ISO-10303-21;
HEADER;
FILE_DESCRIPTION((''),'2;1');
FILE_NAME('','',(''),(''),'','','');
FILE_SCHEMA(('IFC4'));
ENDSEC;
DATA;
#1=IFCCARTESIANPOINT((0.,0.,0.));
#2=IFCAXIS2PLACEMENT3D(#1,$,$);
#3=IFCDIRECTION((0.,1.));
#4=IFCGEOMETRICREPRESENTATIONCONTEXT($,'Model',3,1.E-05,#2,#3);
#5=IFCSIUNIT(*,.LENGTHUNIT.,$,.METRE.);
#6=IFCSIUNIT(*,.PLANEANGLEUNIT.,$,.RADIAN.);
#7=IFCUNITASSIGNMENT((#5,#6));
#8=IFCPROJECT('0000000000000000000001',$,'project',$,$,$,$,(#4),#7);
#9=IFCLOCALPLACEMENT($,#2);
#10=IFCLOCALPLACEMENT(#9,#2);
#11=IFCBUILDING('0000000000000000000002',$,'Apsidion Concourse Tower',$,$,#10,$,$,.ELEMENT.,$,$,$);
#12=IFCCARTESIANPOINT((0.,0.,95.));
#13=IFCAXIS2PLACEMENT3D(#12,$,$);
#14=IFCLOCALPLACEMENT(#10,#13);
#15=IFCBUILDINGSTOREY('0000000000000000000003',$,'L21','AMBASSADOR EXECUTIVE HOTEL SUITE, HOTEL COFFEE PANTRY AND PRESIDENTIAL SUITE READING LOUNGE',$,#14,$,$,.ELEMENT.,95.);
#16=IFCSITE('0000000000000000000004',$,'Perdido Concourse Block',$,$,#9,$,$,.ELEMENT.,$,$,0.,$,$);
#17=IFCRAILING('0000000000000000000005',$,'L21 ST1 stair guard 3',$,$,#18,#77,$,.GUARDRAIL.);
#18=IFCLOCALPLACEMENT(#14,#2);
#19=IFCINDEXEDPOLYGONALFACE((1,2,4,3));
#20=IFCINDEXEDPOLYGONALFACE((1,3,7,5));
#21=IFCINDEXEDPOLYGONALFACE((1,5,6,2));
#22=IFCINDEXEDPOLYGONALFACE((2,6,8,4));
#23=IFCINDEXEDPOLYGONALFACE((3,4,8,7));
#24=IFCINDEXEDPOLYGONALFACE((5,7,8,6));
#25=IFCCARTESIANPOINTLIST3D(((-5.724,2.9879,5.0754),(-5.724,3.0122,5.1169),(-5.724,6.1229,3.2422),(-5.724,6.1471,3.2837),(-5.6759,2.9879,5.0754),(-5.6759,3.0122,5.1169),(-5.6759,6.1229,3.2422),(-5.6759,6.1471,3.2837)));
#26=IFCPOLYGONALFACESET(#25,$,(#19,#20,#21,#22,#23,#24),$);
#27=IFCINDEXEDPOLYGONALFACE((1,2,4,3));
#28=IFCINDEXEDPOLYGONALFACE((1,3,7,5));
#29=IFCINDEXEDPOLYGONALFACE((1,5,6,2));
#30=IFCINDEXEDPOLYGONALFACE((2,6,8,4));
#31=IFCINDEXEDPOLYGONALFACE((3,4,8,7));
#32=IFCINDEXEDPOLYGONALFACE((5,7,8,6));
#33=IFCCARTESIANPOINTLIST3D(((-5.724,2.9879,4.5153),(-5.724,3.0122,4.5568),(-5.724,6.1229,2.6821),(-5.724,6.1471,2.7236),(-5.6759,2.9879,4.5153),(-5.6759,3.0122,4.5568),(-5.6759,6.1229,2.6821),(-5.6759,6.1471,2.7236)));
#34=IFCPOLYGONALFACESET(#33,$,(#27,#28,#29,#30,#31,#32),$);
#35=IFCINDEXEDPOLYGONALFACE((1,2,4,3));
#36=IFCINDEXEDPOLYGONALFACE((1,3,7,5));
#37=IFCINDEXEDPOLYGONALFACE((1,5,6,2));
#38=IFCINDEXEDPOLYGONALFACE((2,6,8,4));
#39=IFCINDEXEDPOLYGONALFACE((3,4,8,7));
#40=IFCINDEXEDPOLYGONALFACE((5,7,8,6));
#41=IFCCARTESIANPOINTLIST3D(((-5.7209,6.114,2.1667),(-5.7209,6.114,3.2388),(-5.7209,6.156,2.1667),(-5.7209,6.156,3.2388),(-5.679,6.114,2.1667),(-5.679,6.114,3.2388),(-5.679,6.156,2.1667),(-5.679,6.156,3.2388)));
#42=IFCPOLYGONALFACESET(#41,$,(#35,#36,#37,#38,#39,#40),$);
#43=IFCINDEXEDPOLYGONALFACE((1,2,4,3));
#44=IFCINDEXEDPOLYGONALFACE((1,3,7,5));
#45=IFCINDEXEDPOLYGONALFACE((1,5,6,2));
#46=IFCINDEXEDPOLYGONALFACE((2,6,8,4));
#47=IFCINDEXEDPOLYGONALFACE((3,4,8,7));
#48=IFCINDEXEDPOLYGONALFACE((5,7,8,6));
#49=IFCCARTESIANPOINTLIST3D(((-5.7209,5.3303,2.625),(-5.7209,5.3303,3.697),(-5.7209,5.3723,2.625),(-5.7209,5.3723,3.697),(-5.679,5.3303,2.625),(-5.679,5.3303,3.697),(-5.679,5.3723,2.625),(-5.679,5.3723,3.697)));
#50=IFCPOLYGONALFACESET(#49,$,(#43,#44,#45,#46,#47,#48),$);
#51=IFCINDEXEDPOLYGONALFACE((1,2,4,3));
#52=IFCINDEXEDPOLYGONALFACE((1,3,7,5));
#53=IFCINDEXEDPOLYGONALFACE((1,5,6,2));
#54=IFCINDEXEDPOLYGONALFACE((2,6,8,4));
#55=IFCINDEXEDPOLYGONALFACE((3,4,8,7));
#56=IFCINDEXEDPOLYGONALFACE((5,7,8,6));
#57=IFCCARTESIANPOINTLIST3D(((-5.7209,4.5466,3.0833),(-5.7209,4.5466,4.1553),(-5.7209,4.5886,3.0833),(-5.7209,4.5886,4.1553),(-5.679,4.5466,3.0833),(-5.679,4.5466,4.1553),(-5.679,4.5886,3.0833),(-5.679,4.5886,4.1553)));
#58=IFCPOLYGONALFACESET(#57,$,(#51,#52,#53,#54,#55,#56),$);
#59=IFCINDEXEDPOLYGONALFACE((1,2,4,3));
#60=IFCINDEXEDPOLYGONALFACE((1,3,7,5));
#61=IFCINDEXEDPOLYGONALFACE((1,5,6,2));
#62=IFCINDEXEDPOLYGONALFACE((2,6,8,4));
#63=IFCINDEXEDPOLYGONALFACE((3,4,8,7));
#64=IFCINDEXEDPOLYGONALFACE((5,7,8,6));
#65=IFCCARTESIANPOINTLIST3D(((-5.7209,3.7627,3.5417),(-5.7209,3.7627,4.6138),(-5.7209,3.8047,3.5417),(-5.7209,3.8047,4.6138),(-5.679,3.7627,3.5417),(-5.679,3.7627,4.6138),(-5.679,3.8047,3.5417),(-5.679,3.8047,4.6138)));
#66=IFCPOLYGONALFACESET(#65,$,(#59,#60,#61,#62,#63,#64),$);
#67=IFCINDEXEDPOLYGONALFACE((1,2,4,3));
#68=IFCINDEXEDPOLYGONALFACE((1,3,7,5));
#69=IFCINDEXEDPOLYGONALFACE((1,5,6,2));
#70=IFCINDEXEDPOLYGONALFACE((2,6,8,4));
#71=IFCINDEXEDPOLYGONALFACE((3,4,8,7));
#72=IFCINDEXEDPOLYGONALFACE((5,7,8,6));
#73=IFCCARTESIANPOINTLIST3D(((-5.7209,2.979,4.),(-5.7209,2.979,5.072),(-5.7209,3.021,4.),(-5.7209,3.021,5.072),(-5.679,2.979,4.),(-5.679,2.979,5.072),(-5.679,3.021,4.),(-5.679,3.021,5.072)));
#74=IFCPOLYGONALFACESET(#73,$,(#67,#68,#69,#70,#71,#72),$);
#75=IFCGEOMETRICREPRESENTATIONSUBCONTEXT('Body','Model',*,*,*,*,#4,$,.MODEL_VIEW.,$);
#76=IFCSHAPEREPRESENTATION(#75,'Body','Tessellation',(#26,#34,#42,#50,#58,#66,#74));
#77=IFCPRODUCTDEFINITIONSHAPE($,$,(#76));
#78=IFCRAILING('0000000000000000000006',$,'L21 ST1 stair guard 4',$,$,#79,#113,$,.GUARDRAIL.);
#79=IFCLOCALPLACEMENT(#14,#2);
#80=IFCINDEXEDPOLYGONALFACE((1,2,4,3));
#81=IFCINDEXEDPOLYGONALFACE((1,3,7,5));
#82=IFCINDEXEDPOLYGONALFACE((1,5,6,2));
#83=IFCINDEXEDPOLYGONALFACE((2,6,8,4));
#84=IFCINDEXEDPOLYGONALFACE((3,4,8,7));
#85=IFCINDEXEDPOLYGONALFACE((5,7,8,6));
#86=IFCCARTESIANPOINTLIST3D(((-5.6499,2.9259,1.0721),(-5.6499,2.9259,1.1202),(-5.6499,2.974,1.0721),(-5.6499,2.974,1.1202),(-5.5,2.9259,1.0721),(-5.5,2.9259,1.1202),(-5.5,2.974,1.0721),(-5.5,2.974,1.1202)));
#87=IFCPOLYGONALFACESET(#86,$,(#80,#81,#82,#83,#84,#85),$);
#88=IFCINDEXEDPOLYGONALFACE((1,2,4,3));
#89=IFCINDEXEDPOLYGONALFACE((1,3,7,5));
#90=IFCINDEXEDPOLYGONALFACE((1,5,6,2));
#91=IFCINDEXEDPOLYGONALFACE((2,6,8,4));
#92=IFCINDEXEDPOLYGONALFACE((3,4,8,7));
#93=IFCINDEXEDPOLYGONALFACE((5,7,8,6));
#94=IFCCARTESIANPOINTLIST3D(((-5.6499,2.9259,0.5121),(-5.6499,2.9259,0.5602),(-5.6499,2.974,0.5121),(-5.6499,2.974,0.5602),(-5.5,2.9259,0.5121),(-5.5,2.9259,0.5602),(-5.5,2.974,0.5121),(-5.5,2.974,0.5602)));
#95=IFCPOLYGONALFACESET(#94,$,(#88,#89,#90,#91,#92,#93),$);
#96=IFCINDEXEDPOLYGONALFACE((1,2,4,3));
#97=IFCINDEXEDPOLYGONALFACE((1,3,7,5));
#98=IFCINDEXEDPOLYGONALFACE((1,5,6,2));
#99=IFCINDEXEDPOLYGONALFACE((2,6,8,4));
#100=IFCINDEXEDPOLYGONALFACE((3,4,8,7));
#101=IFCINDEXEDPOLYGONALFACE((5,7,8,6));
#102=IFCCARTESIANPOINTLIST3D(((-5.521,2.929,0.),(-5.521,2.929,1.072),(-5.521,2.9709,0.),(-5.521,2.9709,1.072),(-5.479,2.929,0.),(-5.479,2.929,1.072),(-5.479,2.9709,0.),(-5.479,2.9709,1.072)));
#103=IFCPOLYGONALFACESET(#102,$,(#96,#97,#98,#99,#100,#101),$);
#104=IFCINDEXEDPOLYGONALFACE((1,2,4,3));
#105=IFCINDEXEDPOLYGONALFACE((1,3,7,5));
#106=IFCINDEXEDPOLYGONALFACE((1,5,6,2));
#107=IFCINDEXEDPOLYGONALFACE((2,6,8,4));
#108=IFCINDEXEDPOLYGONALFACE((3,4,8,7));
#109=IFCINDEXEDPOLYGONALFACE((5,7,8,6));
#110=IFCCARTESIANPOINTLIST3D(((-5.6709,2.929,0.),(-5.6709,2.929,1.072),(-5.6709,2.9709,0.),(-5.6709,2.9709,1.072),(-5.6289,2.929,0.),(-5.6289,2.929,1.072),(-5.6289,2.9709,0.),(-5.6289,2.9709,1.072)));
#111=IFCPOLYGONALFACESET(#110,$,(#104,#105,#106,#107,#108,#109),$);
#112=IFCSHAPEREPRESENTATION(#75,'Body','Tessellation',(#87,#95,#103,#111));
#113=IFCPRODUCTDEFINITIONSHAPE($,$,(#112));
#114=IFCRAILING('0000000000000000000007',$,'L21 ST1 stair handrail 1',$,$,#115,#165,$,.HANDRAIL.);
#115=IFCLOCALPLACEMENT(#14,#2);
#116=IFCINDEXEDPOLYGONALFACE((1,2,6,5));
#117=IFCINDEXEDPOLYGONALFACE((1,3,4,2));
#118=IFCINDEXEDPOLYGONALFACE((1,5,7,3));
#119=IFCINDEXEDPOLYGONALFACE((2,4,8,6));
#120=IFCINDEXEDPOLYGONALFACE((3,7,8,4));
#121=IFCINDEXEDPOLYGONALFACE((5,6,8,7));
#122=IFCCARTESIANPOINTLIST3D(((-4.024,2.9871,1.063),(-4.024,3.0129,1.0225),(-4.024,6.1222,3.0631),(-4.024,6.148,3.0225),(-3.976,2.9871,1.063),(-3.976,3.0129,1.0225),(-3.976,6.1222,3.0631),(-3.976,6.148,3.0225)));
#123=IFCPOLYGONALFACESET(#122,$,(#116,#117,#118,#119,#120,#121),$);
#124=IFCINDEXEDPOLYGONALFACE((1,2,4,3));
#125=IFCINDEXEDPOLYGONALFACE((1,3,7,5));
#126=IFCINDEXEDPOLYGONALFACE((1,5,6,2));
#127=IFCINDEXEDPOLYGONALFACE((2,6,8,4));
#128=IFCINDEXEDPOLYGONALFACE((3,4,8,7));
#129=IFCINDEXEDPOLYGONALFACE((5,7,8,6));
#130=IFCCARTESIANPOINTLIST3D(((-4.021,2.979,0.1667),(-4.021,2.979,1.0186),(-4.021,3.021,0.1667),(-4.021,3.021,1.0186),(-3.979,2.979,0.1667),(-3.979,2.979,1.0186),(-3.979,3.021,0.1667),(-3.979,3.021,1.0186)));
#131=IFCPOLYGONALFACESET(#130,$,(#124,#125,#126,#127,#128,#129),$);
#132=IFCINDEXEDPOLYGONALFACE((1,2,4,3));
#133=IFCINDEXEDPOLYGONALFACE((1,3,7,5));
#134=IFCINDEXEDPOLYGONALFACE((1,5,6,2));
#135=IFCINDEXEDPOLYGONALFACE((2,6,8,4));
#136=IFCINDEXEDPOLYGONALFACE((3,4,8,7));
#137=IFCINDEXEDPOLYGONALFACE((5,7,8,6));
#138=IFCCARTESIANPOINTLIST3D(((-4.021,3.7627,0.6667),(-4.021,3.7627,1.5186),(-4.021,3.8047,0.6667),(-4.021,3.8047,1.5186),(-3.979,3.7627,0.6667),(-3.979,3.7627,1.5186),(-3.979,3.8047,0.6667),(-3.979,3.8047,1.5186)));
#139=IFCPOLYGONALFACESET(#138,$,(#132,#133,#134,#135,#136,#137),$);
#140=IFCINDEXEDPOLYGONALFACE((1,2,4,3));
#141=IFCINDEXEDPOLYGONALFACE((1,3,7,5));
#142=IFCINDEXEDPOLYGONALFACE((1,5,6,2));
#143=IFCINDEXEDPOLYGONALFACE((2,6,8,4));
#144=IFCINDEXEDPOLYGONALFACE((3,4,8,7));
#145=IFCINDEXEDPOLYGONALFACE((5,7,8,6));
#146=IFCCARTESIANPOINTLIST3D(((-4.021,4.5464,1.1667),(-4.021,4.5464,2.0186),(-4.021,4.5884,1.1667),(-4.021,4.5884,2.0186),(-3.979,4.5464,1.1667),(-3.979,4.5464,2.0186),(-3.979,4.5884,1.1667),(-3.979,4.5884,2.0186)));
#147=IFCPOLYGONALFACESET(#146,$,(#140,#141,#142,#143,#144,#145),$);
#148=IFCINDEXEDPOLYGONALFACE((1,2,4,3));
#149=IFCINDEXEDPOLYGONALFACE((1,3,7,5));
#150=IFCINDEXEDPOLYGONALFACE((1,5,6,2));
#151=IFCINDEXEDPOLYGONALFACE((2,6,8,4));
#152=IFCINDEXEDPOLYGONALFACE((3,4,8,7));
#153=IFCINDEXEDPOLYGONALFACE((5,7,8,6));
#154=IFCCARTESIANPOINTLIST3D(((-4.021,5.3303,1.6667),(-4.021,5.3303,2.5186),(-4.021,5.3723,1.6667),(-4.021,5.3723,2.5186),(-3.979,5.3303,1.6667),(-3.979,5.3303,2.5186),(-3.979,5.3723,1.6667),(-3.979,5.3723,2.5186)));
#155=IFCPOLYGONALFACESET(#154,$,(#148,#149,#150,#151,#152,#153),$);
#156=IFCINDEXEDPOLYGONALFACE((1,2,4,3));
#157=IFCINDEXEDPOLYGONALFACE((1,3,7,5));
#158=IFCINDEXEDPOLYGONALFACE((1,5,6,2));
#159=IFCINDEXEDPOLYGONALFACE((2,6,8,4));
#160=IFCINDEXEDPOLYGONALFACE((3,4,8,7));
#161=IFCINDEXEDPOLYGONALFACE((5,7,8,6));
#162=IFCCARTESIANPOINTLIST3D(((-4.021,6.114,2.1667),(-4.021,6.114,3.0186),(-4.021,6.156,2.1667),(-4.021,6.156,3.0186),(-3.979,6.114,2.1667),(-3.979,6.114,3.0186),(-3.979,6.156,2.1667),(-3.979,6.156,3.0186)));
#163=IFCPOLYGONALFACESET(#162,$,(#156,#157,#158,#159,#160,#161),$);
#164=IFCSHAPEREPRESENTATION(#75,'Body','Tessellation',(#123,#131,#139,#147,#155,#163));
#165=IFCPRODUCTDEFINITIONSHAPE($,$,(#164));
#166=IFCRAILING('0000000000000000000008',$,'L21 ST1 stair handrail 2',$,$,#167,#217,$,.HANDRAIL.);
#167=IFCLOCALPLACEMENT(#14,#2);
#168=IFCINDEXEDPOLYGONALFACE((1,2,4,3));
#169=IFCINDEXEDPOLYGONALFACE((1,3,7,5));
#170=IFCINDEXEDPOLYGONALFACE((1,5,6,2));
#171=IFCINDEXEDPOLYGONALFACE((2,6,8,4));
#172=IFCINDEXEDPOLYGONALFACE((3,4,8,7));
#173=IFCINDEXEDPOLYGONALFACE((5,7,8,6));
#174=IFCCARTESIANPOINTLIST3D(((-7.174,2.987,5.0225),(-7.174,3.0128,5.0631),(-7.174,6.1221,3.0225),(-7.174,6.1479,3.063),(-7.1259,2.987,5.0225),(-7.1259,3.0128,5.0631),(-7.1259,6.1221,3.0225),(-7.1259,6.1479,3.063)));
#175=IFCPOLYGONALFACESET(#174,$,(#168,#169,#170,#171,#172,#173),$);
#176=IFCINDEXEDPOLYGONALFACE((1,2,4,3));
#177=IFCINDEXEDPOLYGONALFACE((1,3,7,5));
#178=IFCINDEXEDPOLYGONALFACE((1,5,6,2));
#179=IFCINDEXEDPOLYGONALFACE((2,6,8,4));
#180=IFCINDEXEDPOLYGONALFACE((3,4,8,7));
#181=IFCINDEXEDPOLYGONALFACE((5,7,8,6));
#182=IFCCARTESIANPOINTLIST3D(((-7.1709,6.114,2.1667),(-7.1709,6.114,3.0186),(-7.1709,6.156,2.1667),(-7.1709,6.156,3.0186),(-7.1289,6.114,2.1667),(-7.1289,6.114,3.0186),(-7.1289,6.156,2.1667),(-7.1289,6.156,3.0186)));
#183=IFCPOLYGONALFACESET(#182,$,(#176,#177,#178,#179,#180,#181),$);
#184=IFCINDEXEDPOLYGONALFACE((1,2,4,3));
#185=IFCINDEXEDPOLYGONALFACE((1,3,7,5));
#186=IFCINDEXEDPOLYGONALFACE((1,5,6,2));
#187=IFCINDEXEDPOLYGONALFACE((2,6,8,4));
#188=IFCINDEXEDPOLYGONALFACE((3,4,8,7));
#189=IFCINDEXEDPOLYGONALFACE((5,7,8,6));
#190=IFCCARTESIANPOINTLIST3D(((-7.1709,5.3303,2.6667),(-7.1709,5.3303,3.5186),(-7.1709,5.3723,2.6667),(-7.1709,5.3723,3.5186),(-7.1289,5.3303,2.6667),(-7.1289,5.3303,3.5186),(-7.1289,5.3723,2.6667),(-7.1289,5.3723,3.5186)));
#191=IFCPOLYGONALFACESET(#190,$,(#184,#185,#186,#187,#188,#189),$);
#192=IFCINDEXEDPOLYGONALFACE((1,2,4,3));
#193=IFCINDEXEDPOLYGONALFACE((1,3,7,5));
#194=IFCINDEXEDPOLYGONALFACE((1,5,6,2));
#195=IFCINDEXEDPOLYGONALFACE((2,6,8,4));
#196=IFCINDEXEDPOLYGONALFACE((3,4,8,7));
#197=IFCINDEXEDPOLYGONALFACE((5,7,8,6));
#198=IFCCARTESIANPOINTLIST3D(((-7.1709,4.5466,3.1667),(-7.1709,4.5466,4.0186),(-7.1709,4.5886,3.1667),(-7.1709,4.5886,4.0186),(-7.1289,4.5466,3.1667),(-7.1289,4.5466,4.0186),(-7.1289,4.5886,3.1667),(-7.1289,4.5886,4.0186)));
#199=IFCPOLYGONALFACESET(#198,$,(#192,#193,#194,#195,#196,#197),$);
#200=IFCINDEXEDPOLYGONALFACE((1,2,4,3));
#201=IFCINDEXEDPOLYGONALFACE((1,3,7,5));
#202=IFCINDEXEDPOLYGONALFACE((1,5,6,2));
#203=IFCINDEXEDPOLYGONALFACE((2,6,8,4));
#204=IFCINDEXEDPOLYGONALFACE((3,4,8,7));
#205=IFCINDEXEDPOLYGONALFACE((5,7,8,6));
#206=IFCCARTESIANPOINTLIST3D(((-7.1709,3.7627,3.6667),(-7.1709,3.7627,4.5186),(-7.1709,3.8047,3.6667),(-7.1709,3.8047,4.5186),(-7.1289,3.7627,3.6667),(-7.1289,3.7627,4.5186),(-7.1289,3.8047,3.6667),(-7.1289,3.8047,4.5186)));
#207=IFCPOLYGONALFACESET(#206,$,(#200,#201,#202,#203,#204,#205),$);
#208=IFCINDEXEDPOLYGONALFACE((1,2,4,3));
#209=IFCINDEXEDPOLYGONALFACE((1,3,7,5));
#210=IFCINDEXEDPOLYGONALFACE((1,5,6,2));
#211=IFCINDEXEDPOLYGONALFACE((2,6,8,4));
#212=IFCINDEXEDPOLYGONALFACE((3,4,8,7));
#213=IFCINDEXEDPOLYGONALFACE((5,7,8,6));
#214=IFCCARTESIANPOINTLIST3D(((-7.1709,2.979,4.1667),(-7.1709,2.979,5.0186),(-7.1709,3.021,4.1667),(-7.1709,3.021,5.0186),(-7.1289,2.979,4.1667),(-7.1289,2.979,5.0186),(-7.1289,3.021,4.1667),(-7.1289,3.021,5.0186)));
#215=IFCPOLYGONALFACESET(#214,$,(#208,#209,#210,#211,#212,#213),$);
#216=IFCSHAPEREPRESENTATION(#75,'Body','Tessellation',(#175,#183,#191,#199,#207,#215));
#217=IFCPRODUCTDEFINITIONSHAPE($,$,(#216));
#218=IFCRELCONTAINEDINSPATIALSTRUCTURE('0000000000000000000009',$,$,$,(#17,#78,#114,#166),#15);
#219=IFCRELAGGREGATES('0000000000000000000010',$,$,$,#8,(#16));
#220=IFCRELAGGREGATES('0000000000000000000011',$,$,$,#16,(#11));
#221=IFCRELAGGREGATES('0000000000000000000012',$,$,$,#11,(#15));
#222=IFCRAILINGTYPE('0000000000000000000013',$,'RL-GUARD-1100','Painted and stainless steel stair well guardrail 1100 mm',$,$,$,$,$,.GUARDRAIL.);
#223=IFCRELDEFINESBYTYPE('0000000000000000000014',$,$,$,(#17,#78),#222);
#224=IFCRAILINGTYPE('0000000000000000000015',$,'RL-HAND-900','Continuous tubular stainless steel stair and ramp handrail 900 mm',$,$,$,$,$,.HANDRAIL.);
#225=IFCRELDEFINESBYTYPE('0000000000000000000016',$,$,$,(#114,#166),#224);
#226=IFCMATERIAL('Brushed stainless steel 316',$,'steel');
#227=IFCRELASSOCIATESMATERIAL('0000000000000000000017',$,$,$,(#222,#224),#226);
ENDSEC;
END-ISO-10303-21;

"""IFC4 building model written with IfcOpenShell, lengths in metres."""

from ifc_helpers import new_model, si_unit, direction, frame, origin, origin_2d, place, context, subcontext, project, spatial, rectangle, extrude, material, type_object, element, save


model = new_model("IFC4")

# Units and contexts
model_context = context("Model", 3, precision=1e-05, world=origin(), true_north=direction((0.0, 1.0)))
body_context = subcontext(model_context, "Body", "Model", "MODEL_VIEW")
ifc_project = project(units=[si_unit("LENGTHUNIT", "METRE"), si_unit("PLANEANGLEUNIT", "RADIAN")], contexts=[model_context])

# Site, building, storey
site_placement = place(None, origin())
site = spatial("IfcSite", under=ifc_project, at=site_placement, Name="Perdido Concourse Block", CompositionType="ELEMENT", RefElevation=0.0)
building_placement = place(site_placement, origin())
building = spatial("IfcBuilding", under=site, at=building_placement, Name="Apsidion Concourse Tower", CompositionType="ELEMENT")
storey_placement = place(building_placement, frame((0.0, 0.0, 95.0)))
storey = spatial("IfcBuildingStorey", under=building, at=storey_placement, Name="L21", Description="AMBASSADOR EXECUTIVE HOTEL SUITE, HOTEL COFFEE PANTRY AND PRESIDENTIAL SUITE READING LOUNGE", CompositionType="ELEMENT", Elevation=95.0)

# Railings
ifc_material_1 = material(Name="Brushed stainless steel 316", Category="steel")
railing_type_1 = type_object("IfcRailingType", Name="RL-GUARD-1100", Description="Painted and stainless steel stair well guardrail 1100 mm", PredefinedType="GUARDRAIL", material=ifc_material_1)
railing_1_placement = place(storey_placement, frame((-5.7, 6.135, 2.1667)))
element("IfcRailing", 1, at=railing_1_placement, inside=storey, type_object=railing_type_1, Name="L21 ST1 stair guard 3", PredefinedType="GUARDRAIL", context=body_context, shape_type="SweptSolid", body=[
    extrude(rectangle(XDim=0.0481, YDim=0.0481, at=origin_2d()), frame((0.0, 0.0, 1.0962), z_axis=(0.0, -0.86324, 0.504794), x_axis=(1.0, 0.0, 0.0)), (0.0, 0.0, 1.0), 3.6316),
    extrude(rectangle(XDim=0.0481, YDim=0.0481, at=origin_2d()), frame((0.0, 0.0, 0.5361), z_axis=(0.0, -0.86324, 0.504794), x_axis=(1.0, 0.0, 0.0)), (0.0, 0.0, 1.0), 3.6316),
    extrude(rectangle(XDim=0.042, YDim=0.042, at=origin_2d()), origin(), (0.0, 0.0, 1.0), 1.072),
    extrude(rectangle(XDim=0.042, YDim=0.042, at=origin_2d()), frame((0.0, -0.7837, 0.4583)), (0.0, 0.0, 1.0), 1.072),
    extrude(rectangle(XDim=0.042, YDim=0.042, at=origin_2d()), frame((0.0, -1.5674, 0.9165)), (0.0, 0.0, 1.0), 1.072),
    extrude(rectangle(XDim=0.042, YDim=0.042, at=origin_2d()), frame((0.0, -2.3513, 1.375)), (0.0, 0.0, 1.0), 1.072),
    extrude(rectangle(XDim=0.042, YDim=0.042, at=origin_2d()), frame((0.0, -3.135, 1.8333)), (0.0, 0.0, 1.0), 1.072),
])
railing_2_placement = place(storey_placement, frame((-5.5, 2.95, 0.0)))
element("IfcRailing", 2, at=railing_2_placement, inside=storey, type_object=railing_type_1, Name="L21 ST1 stair guard 4", PredefinedType="GUARDRAIL", context=body_context, shape_type="SweptSolid", body=[
    extrude(rectangle(XDim=0.0481, YDim=0.0481, at=origin_2d()), frame((0.0, 0.0, 1.0962), z_axis=(-1.0, 0.0, 0.0), x_axis=(0.0, -1.0, 0.0)), (0.0, 0.0, 1.0), 0.1499),
    extrude(rectangle(XDim=0.0481, YDim=0.0481, at=origin_2d()), frame((0.0, 0.0, 0.5361), z_axis=(-1.0, 0.0, 0.0), x_axis=(0.0, -1.0, 0.0)), (0.0, 0.0, 1.0), 0.1499),
    extrude(rectangle(XDim=0.042, YDim=0.042, at=origin_2d()), origin(), (0.0, 0.0, 1.0), 1.072),
    extrude(rectangle(XDim=0.042, YDim=0.042, at=origin_2d()), frame((-0.1499, 0.0, 0.0)), (0.0, 0.0, 1.0), 1.072),
])
railing_type_2 = type_object("IfcRailingType", Name="RL-HAND-900", Description="Continuous tubular stainless steel stair and ramp handrail 900 mm", PredefinedType="HANDRAIL", material=ifc_material_1)
railing_3_placement = place(storey_placement, frame((-4.0, 3.0, 0.1667)))
element("IfcRailing", 3, at=railing_3_placement, inside=storey, type_object=railing_type_2, Name="L21 ST1 stair handrail 1", PredefinedType="HANDRAIL", context=body_context, shape_type="SweptSolid", body=[
    extrude(rectangle(XDim=0.0481, YDim=0.0481, at=origin_2d()), frame((0.0, 0.0, 0.876), z_axis=(0.0, 0.843053, 0.537831), x_axis=(-1.0, 0.0, 0.0)), (0.0, 0.0, 1.0), 3.7188),
    extrude(rectangle(XDim=0.042, YDim=0.042, at=origin_2d()), origin(), (0.0, 0.0, 1.0), 0.8518),
    extrude(rectangle(XDim=0.042, YDim=0.042, at=origin_2d()), frame((0.0, 0.7837, 0.5)), (0.0, 0.0, 1.0), 0.8518),
    extrude(rectangle(XDim=0.042, YDim=0.042, at=origin_2d()), frame((0.0, 1.5674, 1.0)), (0.0, 0.0, 1.0), 0.8518),
    extrude(rectangle(XDim=0.042, YDim=0.042, at=origin_2d()), frame((0.0, 2.3513, 1.5)), (0.0, 0.0, 1.0), 0.8518),
    extrude(rectangle(XDim=0.042, YDim=0.042, at=origin_2d()), frame((0.0, 3.135, 2.0)), (0.0, 0.0, 1.0), 0.8518),
])
for number, where, name in (
    (4, (-7.1499, 6.135, 2.1667), "L21 ST1 stair handrail 2"),
):
    element("IfcRailing", number, at=place(storey_placement, frame(where)), inside=storey, type_object=railing_type_2, Name=name, PredefinedType="HANDRAIL", context=body_context, shape_type="SweptSolid", body=[
        extrude(rectangle(XDim=0.0481, YDim=0.0481, at=origin_2d()), frame((0.0, 0.0, 0.876), z_axis=(0.0, -0.843053, 0.537831), x_axis=(1.0, 0.0, 0.0)), (0.0, 0.0, 1.0), 3.7188),
        extrude(rectangle(XDim=0.042, YDim=0.042, at=origin_2d()), origin(), (0.0, 0.0, 1.0), 0.8518),
        extrude(rectangle(XDim=0.042, YDim=0.042, at=origin_2d()), frame((0.0, -0.7837, 0.5)), (0.0, 0.0, 1.0), 0.8518),
        extrude(rectangle(XDim=0.042, YDim=0.042, at=origin_2d()), frame((0.0, -1.5674, 1.0)), (0.0, 0.0, 1.0), 0.8518),
        extrude(rectangle(XDim=0.042, YDim=0.042, at=origin_2d()), frame((0.0, -2.3513, 1.5)), (0.0, 0.0, 1.0), 0.8518),
        extrude(rectangle(XDim=0.042, YDim=0.042, at=origin_2d()), frame((0.0, -3.135, 2.0)), (0.0, 0.0, 1.0), 0.8518),
    ])

save(model, "model.ifc")
